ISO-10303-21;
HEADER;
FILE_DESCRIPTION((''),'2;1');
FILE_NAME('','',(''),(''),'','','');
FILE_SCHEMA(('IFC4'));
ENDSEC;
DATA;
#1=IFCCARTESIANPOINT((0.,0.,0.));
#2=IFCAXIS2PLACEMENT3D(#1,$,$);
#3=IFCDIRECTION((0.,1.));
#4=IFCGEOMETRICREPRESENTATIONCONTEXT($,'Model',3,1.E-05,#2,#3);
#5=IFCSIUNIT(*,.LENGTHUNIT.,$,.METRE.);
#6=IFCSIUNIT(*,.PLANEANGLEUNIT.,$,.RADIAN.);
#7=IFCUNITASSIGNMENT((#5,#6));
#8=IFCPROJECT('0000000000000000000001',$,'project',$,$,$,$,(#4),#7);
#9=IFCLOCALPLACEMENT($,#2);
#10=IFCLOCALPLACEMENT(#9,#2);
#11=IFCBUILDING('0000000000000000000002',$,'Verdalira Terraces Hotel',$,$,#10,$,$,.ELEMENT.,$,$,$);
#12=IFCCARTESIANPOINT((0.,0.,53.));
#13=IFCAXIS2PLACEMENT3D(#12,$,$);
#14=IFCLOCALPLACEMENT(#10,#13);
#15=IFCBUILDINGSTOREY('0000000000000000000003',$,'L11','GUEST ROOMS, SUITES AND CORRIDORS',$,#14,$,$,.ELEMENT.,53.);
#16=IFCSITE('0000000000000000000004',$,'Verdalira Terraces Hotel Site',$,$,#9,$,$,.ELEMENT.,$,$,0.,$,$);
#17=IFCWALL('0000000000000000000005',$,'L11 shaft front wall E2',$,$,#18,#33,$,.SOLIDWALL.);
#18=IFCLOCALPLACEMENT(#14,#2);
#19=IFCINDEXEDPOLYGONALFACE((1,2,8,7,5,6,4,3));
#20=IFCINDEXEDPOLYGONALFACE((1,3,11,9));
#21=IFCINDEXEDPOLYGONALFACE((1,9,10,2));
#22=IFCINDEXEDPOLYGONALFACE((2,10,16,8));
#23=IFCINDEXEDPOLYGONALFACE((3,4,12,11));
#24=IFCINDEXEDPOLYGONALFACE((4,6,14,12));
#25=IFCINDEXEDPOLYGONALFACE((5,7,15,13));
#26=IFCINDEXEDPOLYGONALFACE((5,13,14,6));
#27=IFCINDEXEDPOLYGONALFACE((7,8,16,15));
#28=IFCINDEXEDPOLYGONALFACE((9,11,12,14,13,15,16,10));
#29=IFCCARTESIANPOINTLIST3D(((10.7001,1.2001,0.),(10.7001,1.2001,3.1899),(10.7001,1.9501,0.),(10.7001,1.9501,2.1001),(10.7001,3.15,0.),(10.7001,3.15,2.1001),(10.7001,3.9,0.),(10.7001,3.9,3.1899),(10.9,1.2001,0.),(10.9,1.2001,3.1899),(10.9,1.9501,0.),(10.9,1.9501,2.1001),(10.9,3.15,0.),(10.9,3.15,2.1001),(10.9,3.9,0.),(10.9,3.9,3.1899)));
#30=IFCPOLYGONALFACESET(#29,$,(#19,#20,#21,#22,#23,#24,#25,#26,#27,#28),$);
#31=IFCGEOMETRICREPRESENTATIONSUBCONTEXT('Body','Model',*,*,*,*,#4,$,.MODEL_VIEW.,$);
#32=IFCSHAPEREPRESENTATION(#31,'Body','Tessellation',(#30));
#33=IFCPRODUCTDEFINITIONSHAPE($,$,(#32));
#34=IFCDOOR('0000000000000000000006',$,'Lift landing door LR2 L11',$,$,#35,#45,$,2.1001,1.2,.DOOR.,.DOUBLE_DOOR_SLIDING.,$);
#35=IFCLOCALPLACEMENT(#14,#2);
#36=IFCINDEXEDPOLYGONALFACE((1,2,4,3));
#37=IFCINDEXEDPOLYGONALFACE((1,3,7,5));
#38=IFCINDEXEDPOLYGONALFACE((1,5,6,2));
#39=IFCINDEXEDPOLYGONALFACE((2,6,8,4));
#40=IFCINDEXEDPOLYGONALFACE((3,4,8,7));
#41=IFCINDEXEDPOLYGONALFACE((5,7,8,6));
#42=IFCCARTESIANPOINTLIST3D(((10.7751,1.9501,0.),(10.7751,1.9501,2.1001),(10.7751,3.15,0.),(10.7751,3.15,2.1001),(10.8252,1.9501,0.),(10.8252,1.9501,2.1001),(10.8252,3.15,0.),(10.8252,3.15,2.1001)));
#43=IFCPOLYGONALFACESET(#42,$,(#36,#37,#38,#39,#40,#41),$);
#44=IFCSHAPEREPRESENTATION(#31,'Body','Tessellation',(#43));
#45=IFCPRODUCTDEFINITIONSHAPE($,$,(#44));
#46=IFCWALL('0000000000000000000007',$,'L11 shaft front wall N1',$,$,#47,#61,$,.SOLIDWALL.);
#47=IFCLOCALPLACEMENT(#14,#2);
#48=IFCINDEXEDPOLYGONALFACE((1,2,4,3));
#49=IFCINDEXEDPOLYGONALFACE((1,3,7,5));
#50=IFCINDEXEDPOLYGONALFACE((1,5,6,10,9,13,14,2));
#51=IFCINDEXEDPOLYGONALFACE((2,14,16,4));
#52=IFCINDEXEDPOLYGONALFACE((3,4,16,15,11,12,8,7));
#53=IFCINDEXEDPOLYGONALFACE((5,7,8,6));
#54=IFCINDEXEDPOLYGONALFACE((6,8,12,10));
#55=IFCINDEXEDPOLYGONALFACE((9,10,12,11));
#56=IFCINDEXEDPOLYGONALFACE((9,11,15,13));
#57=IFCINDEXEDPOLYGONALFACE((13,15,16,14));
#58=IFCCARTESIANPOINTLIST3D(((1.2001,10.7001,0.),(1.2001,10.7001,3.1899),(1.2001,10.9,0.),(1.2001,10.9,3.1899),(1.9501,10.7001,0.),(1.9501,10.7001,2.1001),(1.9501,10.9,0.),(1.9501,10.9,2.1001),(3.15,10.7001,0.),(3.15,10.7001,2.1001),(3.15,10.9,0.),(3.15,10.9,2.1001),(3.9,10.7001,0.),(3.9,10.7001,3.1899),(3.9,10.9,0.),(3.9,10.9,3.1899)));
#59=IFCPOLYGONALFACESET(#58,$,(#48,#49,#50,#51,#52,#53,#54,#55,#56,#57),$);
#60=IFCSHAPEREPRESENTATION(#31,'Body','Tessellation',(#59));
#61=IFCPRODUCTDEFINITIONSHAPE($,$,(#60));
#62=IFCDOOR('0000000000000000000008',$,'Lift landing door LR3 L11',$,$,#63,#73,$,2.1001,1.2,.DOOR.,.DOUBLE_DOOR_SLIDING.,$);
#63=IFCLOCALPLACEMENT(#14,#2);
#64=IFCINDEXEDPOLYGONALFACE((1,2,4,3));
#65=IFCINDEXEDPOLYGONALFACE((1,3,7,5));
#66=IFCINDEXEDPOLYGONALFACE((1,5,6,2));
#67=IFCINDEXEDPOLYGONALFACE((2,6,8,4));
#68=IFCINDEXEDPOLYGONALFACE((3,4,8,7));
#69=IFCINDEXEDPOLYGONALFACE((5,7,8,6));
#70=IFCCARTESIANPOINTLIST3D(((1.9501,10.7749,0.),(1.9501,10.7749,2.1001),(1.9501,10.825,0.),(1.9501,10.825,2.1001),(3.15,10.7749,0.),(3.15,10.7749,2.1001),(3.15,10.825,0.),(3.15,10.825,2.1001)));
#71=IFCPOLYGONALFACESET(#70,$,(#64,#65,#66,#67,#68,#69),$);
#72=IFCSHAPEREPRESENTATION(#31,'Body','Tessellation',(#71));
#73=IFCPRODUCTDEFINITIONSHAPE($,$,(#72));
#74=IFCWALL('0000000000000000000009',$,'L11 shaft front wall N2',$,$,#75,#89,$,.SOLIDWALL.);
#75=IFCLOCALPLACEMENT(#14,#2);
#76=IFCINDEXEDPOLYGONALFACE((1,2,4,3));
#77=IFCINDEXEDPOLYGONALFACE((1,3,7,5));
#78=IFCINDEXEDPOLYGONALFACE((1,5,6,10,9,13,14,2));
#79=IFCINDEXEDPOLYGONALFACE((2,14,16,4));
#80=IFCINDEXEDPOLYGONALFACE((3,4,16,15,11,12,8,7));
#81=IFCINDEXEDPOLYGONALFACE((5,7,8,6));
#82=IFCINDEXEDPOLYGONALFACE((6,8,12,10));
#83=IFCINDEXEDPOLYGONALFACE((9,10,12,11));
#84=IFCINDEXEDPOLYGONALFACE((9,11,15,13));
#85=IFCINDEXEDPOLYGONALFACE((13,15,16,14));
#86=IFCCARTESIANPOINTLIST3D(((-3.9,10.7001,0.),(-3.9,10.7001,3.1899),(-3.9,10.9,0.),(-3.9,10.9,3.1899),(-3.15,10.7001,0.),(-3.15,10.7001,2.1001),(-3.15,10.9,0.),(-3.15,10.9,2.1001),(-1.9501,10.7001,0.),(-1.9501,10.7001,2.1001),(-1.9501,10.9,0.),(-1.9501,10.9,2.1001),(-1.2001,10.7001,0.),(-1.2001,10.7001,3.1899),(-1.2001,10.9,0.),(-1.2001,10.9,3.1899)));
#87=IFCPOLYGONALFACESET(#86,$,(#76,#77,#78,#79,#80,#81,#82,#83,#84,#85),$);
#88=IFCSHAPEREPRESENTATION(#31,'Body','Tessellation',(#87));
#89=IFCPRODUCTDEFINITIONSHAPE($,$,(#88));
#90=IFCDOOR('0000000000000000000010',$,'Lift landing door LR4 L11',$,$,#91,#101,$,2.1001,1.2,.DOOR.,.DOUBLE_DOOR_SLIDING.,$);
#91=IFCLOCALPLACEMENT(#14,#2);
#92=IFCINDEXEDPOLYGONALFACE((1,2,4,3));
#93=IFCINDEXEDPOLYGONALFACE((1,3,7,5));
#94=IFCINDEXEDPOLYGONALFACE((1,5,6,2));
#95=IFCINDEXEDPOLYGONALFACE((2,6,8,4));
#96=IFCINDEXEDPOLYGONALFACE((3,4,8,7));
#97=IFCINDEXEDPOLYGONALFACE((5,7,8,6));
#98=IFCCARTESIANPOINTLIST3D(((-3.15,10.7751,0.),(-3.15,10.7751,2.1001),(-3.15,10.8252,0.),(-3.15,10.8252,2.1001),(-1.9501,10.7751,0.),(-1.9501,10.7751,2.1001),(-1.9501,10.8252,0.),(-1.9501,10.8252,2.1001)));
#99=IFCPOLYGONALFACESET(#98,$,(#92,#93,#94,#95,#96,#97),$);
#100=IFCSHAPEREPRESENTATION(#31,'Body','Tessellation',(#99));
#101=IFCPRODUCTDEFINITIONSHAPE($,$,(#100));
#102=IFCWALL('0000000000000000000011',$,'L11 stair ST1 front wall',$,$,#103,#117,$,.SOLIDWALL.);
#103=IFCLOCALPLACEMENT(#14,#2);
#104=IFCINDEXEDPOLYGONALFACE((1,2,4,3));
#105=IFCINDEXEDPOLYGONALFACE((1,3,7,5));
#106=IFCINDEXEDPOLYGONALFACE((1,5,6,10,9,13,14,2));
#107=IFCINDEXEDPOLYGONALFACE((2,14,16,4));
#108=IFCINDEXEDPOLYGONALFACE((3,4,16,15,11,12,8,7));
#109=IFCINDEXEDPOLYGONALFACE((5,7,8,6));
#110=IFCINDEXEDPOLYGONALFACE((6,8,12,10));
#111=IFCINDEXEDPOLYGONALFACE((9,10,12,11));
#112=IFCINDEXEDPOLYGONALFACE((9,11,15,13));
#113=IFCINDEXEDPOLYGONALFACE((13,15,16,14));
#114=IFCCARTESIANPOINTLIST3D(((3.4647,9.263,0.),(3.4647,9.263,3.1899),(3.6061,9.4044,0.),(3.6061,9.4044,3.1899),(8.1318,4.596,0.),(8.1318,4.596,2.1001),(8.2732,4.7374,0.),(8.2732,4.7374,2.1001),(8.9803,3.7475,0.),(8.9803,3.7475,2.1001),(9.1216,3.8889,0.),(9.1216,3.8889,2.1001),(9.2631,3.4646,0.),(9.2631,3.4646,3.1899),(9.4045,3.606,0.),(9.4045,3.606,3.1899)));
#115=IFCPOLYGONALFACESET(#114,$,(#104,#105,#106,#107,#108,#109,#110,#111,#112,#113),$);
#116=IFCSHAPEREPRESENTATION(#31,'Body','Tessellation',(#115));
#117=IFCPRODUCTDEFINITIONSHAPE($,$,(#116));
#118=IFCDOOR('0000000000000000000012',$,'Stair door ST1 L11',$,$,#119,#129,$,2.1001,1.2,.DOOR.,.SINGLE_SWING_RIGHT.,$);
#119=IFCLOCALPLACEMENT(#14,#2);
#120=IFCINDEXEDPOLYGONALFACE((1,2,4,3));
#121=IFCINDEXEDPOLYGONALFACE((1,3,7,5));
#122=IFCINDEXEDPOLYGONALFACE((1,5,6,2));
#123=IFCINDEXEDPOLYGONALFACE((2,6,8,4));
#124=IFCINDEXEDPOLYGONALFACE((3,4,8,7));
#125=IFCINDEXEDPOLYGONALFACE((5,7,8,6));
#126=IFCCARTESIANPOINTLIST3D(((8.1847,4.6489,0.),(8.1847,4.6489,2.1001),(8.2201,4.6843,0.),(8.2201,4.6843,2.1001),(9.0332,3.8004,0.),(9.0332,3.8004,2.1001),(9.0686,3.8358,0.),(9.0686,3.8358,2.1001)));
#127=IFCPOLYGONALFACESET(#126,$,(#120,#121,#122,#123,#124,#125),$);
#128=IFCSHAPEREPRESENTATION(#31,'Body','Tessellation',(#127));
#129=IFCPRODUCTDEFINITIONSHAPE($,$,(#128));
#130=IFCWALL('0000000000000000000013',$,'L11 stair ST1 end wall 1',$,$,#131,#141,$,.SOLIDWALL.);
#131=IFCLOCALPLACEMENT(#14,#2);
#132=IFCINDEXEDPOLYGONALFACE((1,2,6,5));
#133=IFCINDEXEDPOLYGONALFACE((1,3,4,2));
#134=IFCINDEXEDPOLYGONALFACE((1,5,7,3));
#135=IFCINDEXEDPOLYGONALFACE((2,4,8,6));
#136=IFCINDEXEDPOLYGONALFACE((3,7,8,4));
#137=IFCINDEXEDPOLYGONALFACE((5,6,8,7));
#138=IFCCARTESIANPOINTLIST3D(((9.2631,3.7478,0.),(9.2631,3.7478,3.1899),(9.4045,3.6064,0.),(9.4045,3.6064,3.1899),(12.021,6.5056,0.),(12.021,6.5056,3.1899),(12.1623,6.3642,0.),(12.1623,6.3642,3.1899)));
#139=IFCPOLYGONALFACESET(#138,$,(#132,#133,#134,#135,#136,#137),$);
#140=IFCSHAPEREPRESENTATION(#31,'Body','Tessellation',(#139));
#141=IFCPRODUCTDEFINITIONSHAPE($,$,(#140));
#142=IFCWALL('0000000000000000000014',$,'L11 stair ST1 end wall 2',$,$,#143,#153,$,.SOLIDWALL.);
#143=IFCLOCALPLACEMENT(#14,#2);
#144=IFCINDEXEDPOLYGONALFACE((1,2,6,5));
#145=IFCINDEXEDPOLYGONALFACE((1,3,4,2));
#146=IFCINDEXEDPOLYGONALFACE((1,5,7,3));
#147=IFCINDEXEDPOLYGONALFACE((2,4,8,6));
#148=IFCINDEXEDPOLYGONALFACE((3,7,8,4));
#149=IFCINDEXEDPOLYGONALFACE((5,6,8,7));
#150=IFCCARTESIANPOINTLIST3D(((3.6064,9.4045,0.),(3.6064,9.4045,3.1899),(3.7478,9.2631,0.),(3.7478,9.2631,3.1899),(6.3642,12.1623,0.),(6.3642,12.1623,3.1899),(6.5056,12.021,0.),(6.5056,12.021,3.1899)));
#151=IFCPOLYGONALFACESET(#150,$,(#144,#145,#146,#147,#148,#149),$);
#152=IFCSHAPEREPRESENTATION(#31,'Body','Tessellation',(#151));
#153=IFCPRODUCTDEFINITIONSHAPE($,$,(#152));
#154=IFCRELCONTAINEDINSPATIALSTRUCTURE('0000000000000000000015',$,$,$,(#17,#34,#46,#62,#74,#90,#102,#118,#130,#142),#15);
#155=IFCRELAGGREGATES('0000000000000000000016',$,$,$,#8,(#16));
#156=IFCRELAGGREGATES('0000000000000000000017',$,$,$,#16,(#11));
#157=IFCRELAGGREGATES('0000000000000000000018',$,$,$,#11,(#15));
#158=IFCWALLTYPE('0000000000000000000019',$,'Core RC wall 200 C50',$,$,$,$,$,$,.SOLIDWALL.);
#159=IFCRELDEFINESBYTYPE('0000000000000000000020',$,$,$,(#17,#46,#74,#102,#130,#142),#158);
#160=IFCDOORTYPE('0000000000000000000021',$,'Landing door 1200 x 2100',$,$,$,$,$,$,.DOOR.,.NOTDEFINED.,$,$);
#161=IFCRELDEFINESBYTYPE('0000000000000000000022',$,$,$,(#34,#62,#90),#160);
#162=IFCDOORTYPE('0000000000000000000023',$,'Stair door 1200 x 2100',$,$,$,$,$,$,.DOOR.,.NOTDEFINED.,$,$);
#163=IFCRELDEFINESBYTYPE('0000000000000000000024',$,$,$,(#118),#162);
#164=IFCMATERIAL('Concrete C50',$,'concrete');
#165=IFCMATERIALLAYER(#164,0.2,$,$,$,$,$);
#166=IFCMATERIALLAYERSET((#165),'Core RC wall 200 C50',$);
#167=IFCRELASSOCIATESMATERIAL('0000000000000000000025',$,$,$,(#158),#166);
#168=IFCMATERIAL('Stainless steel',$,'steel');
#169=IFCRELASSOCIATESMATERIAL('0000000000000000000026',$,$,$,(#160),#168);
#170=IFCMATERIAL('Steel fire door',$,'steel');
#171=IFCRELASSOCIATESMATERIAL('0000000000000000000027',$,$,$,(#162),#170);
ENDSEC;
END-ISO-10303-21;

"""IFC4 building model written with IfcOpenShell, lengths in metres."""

from ifc_helpers import new_model, si_unit, direction, frame, frame_2d, origin, place, context, subcontext, project, spatial, rectangle, extrude, material, layer, layer_set, type_object, element, fill, save


model = new_model("IFC4")

# Units and contexts
model_context = context("Model", 3, precision=1e-05, world=origin(), true_north=direction((0.0, 1.0)))
body_context = subcontext(model_context, "Body", "Model", "MODEL_VIEW")
ifc_project = project(units=[si_unit("LENGTHUNIT", "METRE"), si_unit("PLANEANGLEUNIT", "RADIAN")], contexts=[model_context])

# Site, building, storey
site_placement = place(None, origin())
site = spatial("IfcSite", under=ifc_project, at=site_placement, Name="Verdalira Terraces Hotel Site", CompositionType="ELEMENT", RefElevation=0.0)
building_placement = place(site_placement, origin())
building = spatial("IfcBuilding", under=site, at=building_placement, Name="Verdalira Terraces Hotel", CompositionType="ELEMENT")
storey_placement = place(building_placement, frame((0.0, 0.0, 53.0)))
storey = spatial("IfcBuildingStorey", under=building, at=storey_placement, Name="L11", Description="GUEST ROOMS, SUITES AND CORRIDORS", CompositionType="ELEMENT", Elevation=53.0)

# Walls, openings, doors
ifc_material_1 = material(Name="Concrete C50", Category="concrete")
ifc_layer_1 = layer(ifc_material_1, 0.2)
ifc_layer_set_1 = layer_set([ifc_layer_1], Name="Core RC wall 200 C50")
wall_type_1 = type_object("IfcWallType", Name="Core RC wall 200 C50", PredefinedType="SOLIDWALL", material=ifc_layer_set_1)
wall_1_placement = place(storey_placement, frame((10.8, 1.2, 0.0), z_axis=(0.0, 0.0, 1.0), x_axis=(0.0, 1.0, 0.0)))
wall_1 = element("IfcWall", 1, at=wall_1_placement, inside=storey, type_object=wall_type_1, Name="L11 shaft front wall E2", PredefinedType="SOLIDWALL", context=body_context, shape_type="SweptSolid", body=[
    extrude(rectangle(XDim=2.7, YDim=0.2, at=frame_2d((1.3501, 0.0))), origin(), (0.0, 0.0, 1.0), 3.1899),
])
opening_1_placement = place(wall_1_placement, frame((0.75, 0.0, 0.0)))
opening_1 = element("IfcOpeningElement", 2, at=opening_1_placement, cuts=wall_1, PredefinedType="OPENING", context=body_context, shape_type="SweptSolid", body=[
    extrude(rectangle(XDim=1.2, YDim=2.1001, at=frame_2d((0.6001, 1.05))), frame((0.0, 0.1099, 0.0), z_axis=(0.0, -1.0, 0.0), x_axis=(1.0, 0.0, 0.0)), (0.0, 0.0, 1.0), 0.22),
])
ifc_material_2 = material(Name="Stainless steel", Category="steel")
door_type_1 = type_object("IfcDoorType", Name="Landing door 1200 x 2100", OperationType="NOTDEFINED", PredefinedType="DOOR", material=ifc_material_2)
door_1_placement = place(opening_1_placement, origin())
door_1 = element("IfcDoor", 3, at=door_1_placement, inside=storey, type_object=door_type_1, Name="Lift landing door LR2 L11", OperationType="DOUBLE_DOOR_SLIDING", OverallHeight=2.1001, OverallWidth=1.2, PredefinedType="DOOR", context=body_context, shape_type="SweptSolid", body=[
    extrude(rectangle(XDim=1.2, YDim=2.1001, at=frame_2d((0.6001, 1.05))), frame((0.0, 0.0249, 0.0), z_axis=(0.0, -1.0, 0.0), x_axis=(1.0, 0.0, 0.0)), (0.0, 0.0, 1.0), 0.05),
])
fill(opening_1, door_1)
wall_2_placement = place(storey_placement, frame((1.2, 10.8, 0.0), z_axis=(0.0, 0.0, 1.0), x_axis=(1.0, 0.0, 0.0)))
wall_2 = element("IfcWall", 4, at=wall_2_placement, inside=storey, type_object=wall_type_1, Name="L11 shaft front wall N1", PredefinedType="SOLIDWALL", context=body_context, shape_type="SweptSolid", body=[
    extrude(rectangle(XDim=2.7, YDim=0.2, at=frame_2d((1.3501, 0.0))), origin(), (0.0, 0.0, 1.0), 3.1899),
])
opening_2_placement = place(wall_2_placement, frame((0.75, 0.0, 0.0)))
opening_2 = element("IfcOpeningElement", 5, at=opening_2_placement, cuts=wall_2, PredefinedType="OPENING", context=body_context, shape_type="SweptSolid", body=[
    extrude(rectangle(XDim=1.2, YDim=2.1001, at=frame_2d((0.6001, 1.05))), frame((0.0, 0.1099, 0.0), z_axis=(0.0, -1.0, 0.0), x_axis=(1.0, 0.0, 0.0)), (0.0, 0.0, 1.0), 0.22),
])
door_2_placement = place(opening_2_placement, origin())
door_2 = element("IfcDoor", 6, at=door_2_placement, inside=storey, type_object=door_type_1, Name="Lift landing door LR3 L11", OperationType="DOUBLE_DOOR_SLIDING", OverallHeight=2.1001, OverallWidth=1.2, PredefinedType="DOOR", context=body_context, shape_type="SweptSolid", body=[
    extrude(rectangle(XDim=1.2, YDim=2.1001, at=frame_2d((0.6001, 1.05))), frame((0.0, 0.0249, 0.0), z_axis=(0.0, -1.0, 0.0), x_axis=(1.0, 0.0, 0.0)), (0.0, 0.0, 1.0), 0.05),
])
fill(opening_2, door_2)
wall_3_placement = place(storey_placement, frame((-1.2, 10.8, 0.0), z_axis=(0.0, 0.0, 1.0), x_axis=(-1.0, 0.0, 0.0)))
wall_3 = element("IfcWall", 7, at=wall_3_placement, inside=storey, type_object=wall_type_1, Name="L11 shaft front wall N2", PredefinedType="SOLIDWALL", context=body_context, shape_type="SweptSolid", body=[
    extrude(rectangle(XDim=2.7, YDim=0.2, at=frame_2d((1.3501, 0.0))), origin(), (0.0, 0.0, 1.0), 3.1899),
])
opening_3_placement = place(wall_3_placement, frame((0.75, 0.0, 0.0)))
opening_3 = element("IfcOpeningElement", 8, at=opening_3_placement, cuts=wall_3, PredefinedType="OPENING", context=body_context, shape_type="SweptSolid", body=[
    extrude(rectangle(XDim=1.2, YDim=2.1001, at=frame_2d((0.6001, 1.05))), frame((0.0, 0.1099, 0.0), z_axis=(0.0, -1.0, 0.0), x_axis=(1.0, 0.0, 0.0)), (0.0, 0.0, 1.0), 0.22),
])
door_3_placement = place(opening_3_placement, origin())
door_3 = element("IfcDoor", 9, at=door_3_placement, inside=storey, type_object=door_type_1, Name="Lift landing door LR4 L11", OperationType="DOUBLE_DOOR_SLIDING", OverallHeight=2.1001, OverallWidth=1.2, PredefinedType="DOOR", context=body_context, shape_type="SweptSolid", body=[
    extrude(rectangle(XDim=1.2, YDim=2.1001, at=frame_2d((0.6001, 1.05))), frame((0.0, 0.0249, 0.0), z_axis=(0.0, -1.0, 0.0), x_axis=(1.0, 0.0, 0.0)), (0.0, 0.0, 1.0), 0.05),
])
fill(opening_3, door_3)
wall_4_placement = place(storey_placement, frame((3.5354, 9.3337, 0.0), z_axis=(0.0, 0.0, 1.0), x_axis=(0.707107, -0.707107, 0.0)))
wall_4 = element("IfcWall", 10, at=wall_4_placement, inside=storey, type_object=wall_type_1, Name="L11 stair ST1 front wall", PredefinedType="SOLIDWALL", context=body_context, shape_type="SweptSolid", body=[
    extrude(rectangle(XDim=8.2002, YDim=0.2, at=frame_2d((4.1001, 0.0))), origin(), (0.0, 0.0, 1.0), 3.1899),
])
opening_4_placement = place(wall_4_placement, frame((6.6001, 0.0, 0.0)))
opening_4 = element("IfcOpeningElement", 11, at=opening_4_placement, cuts=wall_4, PredefinedType="OPENING", context=body_context, shape_type="SweptSolid", body=[
    extrude(rectangle(XDim=1.2, YDim=2.1001, at=frame_2d((0.6001, 1.05))), frame((0.0, 0.1099, 0.0), z_axis=(0.0, -1.0, 0.0), x_axis=(1.0, 0.0, 0.0)), (0.0, 0.0, 1.0), 0.22),
])
ifc_material_3 = material(Name="Steel fire door", Category="steel")
door_type_2 = type_object("IfcDoorType", Name="Stair door 1200 x 2100", OperationType="NOTDEFINED", PredefinedType="DOOR", material=ifc_material_3)
door_4_placement = place(opening_4_placement, origin())
door_4 = element("IfcDoor", 12, at=door_4_placement, inside=storey, type_object=door_type_2, Name="Stair door ST1 L11", OperationType="SINGLE_SWING_RIGHT", OverallHeight=2.1001, OverallWidth=1.2, PredefinedType="DOOR", context=body_context, shape_type="SweptSolid", body=[
    extrude(rectangle(XDim=1.2, YDim=2.1001, at=frame_2d((0.6001, 1.05))), frame((0.0, 0.0249, 0.0), z_axis=(0.0, -1.0, 0.0), x_axis=(1.0, 0.0, 0.0)), (0.0, 0.0, 1.0), 0.05),
])
fill(opening_4, door_4)

# Walls
for number, where, z_axis, x_axis, name in (
    (13, (9.3337, 3.677, 0.0), (0.0, 0.0, 1.0), (0.707107, 0.707107, 0.0), "L11 stair ST1 end wall 1"),
    (14, (3.677, 9.3337, 0.0), (0.0, 0.0, 1.0), (0.707107, 0.707107, 0.0), "L11 stair ST1 end wall 2"),
):
    element("IfcWall", number, at=place(storey_placement, frame(where, z_axis=z_axis, x_axis=x_axis)), inside=storey, type_object=wall_type_1, Name=name, PredefinedType="SOLIDWALL", context=body_context, shape_type="SweptSolid", body=[
        extrude(rectangle(XDim=3.9001, YDim=0.2, at=frame_2d((1.9502, 0.0))), origin(), (0.0, 0.0, 1.0), 3.1899),
    ])

save(model, "model.ifc")
